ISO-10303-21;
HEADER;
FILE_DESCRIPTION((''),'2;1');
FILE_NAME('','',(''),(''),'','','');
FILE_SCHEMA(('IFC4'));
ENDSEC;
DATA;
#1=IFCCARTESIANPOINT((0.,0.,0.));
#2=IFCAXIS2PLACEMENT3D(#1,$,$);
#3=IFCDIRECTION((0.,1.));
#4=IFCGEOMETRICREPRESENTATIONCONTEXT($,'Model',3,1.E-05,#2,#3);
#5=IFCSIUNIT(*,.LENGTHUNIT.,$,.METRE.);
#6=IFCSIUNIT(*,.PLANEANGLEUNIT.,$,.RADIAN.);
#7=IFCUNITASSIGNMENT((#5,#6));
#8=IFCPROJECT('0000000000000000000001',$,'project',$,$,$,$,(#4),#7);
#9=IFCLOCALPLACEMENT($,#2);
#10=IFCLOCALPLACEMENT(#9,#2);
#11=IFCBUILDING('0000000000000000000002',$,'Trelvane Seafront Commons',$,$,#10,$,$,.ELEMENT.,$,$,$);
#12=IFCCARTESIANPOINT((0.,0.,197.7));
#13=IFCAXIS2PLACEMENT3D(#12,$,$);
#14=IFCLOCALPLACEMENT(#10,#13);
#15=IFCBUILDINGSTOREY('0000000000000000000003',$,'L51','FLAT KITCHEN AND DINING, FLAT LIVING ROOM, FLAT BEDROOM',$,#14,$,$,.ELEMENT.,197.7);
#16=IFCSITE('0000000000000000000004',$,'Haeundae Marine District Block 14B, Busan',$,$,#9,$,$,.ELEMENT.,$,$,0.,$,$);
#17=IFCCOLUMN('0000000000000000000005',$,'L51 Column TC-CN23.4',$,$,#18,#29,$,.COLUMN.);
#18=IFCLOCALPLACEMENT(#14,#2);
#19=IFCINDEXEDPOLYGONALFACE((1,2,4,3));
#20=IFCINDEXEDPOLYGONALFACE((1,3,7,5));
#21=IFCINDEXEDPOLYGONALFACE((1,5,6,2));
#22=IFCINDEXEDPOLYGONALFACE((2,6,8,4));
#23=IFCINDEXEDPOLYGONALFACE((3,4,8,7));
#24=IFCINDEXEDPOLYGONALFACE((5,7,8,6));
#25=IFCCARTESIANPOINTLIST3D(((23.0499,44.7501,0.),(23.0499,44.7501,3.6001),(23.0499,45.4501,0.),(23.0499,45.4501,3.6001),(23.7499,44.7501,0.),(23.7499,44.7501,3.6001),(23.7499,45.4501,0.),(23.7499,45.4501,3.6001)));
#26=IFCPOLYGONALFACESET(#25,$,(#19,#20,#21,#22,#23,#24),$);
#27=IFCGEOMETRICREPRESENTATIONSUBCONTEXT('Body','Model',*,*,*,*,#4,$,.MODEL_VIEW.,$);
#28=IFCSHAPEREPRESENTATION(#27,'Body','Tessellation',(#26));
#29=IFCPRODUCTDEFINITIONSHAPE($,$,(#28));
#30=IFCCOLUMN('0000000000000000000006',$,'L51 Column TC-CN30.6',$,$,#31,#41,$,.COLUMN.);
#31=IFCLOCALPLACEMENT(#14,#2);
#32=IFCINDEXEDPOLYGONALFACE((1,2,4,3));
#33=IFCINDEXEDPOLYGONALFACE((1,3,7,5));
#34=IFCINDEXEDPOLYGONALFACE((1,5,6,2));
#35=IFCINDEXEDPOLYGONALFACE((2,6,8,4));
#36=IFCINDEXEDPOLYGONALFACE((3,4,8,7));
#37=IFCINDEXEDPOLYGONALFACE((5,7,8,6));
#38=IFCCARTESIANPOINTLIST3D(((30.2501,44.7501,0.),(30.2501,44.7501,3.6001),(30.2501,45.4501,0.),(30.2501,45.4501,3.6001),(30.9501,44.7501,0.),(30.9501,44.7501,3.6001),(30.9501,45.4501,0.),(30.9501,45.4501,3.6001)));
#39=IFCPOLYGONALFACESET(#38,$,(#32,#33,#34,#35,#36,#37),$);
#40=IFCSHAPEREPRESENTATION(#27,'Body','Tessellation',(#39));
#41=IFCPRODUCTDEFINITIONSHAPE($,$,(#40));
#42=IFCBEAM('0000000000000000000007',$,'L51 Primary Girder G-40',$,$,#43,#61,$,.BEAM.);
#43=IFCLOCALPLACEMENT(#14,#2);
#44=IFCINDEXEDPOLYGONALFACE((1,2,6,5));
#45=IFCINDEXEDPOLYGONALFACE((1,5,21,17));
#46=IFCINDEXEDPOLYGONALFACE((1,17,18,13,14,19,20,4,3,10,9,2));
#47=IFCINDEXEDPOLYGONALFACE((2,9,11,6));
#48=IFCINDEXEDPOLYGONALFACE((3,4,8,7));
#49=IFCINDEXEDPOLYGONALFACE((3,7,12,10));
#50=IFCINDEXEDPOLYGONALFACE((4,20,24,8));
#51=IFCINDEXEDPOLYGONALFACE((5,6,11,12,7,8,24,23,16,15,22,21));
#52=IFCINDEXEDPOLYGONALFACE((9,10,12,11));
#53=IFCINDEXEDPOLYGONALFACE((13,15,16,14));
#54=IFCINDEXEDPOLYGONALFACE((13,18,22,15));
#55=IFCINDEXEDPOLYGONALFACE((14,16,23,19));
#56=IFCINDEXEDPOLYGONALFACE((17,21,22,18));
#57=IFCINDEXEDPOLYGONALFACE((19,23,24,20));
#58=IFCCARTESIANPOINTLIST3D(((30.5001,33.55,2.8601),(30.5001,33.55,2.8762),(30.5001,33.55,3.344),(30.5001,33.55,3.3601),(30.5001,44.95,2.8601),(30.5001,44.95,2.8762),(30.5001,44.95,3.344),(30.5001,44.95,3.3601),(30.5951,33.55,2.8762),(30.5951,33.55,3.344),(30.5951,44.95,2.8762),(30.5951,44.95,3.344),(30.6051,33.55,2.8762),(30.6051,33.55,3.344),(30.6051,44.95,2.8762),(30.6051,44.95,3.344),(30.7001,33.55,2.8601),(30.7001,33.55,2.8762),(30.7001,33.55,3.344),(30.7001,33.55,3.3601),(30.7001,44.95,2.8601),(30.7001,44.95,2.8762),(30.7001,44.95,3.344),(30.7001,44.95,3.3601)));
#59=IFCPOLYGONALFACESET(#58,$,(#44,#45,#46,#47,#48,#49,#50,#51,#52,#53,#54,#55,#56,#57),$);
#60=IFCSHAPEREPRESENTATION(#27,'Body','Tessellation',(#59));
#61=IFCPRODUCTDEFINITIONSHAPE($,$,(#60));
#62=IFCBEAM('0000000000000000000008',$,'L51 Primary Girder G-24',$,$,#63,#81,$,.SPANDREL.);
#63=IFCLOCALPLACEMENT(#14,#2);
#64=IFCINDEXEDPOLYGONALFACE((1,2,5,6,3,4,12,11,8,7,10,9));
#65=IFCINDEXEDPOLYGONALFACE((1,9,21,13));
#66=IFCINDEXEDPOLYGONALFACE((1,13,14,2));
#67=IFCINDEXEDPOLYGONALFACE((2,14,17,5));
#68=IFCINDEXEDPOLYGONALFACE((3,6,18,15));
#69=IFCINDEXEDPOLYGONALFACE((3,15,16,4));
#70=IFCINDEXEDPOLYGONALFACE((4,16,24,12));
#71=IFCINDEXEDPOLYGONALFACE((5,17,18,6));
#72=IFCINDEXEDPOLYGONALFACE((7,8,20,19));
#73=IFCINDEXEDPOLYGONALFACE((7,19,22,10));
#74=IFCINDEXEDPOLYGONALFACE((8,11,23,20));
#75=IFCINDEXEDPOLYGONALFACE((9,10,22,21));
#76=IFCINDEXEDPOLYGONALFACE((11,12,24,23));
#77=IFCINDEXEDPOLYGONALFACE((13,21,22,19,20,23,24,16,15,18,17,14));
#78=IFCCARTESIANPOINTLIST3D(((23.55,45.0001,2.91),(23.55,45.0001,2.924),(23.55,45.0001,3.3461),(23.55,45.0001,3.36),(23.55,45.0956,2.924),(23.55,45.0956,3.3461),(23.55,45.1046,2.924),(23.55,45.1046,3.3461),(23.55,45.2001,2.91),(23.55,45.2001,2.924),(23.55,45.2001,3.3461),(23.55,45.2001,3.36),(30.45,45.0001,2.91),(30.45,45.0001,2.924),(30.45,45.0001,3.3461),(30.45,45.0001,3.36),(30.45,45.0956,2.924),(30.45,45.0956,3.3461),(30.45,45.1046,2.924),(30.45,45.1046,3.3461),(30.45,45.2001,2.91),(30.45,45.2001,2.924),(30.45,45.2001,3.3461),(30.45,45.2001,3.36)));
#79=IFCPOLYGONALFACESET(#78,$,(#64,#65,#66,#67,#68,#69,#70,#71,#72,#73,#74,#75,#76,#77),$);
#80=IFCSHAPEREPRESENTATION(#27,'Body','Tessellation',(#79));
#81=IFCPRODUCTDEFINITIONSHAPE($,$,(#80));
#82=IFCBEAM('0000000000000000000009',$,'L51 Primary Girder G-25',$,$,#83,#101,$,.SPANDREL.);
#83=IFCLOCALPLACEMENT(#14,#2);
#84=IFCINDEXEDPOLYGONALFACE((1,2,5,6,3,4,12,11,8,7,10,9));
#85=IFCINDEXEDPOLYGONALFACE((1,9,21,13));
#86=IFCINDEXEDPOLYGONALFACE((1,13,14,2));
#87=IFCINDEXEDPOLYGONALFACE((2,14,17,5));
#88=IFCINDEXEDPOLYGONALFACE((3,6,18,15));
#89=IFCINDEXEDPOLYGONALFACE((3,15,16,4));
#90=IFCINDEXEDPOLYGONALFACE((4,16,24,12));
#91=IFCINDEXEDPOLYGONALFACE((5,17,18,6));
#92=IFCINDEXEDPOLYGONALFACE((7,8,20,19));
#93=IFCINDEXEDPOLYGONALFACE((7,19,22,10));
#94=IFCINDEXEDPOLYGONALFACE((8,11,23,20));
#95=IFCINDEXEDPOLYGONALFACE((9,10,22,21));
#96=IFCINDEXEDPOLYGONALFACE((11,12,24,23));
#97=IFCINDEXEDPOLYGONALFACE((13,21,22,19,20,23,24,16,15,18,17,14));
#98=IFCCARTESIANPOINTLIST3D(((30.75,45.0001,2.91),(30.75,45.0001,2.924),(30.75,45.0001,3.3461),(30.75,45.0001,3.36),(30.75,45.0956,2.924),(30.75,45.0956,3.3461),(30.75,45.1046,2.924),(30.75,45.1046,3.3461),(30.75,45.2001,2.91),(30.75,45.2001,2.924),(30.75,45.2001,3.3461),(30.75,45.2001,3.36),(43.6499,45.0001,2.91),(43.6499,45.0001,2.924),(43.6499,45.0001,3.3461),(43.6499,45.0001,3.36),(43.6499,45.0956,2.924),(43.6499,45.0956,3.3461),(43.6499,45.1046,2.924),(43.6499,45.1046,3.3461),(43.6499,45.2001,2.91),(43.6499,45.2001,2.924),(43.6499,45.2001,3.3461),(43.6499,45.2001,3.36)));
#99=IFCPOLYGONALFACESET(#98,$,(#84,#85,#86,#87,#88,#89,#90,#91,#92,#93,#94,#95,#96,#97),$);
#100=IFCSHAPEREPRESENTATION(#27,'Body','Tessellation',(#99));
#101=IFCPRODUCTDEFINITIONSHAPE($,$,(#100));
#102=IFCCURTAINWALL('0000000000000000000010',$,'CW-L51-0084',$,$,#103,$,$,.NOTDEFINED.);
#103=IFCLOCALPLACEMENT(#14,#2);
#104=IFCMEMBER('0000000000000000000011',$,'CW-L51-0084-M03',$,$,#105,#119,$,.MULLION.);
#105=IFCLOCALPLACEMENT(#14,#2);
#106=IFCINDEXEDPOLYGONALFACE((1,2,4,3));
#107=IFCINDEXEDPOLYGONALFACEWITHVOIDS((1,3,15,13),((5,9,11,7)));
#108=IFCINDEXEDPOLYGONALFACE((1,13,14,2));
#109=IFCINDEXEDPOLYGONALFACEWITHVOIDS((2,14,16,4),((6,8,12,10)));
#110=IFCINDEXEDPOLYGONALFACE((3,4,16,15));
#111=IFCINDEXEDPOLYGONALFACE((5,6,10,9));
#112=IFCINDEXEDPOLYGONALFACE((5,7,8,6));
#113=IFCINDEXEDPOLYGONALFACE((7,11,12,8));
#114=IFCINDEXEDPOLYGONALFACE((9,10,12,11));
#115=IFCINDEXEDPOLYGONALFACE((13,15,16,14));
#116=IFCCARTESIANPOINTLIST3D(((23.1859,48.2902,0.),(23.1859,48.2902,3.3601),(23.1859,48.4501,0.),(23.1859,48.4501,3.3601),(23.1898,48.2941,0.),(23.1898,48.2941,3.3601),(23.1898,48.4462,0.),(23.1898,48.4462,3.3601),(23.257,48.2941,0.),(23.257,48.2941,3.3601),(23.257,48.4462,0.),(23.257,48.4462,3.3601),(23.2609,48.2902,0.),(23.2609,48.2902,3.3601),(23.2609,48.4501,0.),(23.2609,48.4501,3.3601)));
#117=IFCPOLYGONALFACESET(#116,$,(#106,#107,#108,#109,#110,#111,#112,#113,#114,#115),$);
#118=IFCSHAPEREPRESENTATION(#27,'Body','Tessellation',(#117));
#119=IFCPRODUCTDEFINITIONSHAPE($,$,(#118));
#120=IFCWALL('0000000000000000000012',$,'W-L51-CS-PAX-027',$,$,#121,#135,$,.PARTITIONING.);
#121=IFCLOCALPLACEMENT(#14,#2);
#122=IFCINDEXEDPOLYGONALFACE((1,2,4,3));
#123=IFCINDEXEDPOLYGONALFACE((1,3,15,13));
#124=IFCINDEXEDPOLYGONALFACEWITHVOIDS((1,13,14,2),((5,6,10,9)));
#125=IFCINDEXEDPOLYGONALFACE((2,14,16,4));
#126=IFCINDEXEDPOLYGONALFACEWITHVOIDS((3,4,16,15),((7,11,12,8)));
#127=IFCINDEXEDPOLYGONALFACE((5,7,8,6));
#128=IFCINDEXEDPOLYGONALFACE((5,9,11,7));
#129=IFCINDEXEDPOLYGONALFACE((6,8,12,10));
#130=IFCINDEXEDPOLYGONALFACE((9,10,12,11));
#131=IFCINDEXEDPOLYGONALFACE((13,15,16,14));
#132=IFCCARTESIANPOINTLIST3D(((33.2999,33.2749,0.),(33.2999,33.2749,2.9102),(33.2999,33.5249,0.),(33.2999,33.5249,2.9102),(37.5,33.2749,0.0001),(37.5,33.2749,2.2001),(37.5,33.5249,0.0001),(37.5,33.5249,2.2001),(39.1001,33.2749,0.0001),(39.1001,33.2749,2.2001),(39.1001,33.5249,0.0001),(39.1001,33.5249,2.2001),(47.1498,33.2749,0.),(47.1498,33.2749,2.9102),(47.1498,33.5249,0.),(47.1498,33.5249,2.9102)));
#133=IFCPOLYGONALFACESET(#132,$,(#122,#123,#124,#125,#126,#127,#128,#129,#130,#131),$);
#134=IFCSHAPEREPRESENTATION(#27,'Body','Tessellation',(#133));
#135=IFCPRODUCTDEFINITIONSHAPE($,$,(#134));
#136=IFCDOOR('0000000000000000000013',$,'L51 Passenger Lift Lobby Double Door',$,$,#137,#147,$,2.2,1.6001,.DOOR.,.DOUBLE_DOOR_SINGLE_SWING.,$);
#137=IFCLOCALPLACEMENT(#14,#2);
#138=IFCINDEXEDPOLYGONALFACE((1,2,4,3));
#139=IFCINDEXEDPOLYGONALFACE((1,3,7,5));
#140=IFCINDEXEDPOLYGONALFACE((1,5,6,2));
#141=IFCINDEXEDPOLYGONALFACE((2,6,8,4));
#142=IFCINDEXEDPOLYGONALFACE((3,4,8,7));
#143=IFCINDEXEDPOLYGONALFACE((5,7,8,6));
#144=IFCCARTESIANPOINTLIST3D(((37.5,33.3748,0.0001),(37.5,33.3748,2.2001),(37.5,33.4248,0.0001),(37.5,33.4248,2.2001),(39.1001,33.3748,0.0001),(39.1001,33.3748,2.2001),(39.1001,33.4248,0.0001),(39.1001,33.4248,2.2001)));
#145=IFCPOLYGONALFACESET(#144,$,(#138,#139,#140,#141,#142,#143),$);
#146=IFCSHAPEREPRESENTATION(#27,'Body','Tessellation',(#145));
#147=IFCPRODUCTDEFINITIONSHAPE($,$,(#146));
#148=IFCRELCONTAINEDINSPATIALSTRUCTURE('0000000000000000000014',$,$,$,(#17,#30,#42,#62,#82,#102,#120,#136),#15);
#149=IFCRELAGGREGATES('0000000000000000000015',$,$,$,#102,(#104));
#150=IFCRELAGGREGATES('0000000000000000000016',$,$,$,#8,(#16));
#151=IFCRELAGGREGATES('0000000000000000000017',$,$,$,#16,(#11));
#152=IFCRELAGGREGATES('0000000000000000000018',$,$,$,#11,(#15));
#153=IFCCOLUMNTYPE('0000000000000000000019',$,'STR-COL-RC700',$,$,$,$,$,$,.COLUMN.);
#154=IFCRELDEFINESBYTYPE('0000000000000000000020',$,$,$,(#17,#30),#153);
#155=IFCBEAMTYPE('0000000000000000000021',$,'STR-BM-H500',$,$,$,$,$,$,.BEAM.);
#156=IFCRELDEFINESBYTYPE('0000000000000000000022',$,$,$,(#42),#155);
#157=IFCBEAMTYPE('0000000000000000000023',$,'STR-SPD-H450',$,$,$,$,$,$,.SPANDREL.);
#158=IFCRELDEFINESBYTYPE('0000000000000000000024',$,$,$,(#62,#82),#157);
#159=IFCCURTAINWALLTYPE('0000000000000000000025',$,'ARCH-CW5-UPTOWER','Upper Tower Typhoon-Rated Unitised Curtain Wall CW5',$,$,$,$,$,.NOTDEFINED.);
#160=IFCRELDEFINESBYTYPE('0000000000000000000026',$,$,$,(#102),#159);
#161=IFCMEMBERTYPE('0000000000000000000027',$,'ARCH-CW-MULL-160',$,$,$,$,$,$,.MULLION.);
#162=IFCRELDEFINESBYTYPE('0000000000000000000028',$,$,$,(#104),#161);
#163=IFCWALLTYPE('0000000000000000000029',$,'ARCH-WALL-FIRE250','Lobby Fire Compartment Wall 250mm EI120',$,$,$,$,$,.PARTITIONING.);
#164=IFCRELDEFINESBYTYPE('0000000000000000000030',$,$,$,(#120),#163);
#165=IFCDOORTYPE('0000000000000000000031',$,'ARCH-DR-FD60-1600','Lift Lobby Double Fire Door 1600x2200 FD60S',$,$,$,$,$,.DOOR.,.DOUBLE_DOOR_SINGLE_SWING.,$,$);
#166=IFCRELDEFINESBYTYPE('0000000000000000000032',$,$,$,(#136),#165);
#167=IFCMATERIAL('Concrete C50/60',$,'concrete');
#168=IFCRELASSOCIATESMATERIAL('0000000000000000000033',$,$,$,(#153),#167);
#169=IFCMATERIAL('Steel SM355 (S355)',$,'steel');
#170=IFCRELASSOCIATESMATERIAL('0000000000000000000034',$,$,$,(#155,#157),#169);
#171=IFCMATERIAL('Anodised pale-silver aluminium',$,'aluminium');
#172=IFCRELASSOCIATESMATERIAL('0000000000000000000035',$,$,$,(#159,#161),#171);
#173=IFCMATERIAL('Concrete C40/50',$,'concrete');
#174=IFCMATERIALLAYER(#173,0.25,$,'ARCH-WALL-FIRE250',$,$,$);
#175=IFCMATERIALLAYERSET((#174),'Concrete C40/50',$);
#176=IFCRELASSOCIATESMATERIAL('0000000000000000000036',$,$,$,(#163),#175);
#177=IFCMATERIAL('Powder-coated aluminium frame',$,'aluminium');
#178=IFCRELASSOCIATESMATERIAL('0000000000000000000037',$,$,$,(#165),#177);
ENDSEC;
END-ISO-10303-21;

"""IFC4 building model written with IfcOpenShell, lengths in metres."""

from ifc_helpers import new_model, si_unit, direction, frame, frame_2d, origin, origin_2d, place, context, subcontext, project, spatial, rectangle, hollow_rectangle, i_section, extrude, source, transform, mapped, material, layer, layer_set, material_profile, profile_set, type_object, element, fill, aggregate, save


model = new_model("IFC4")

# Units and contexts
model_context = context("Model", 3, precision=1e-05, world=origin(), true_north=direction((0.0, 1.0)))
body_context = subcontext(model_context, "Body", "Model", "MODEL_VIEW")
ifc_project = project(units=[si_unit("LENGTHUNIT", "METRE"), si_unit("PLANEANGLEUNIT", "RADIAN")], contexts=[model_context])

# Site, building, storey
site_placement = place(None, origin())
site = spatial("IfcSite", under=ifc_project, at=site_placement, Name="Haeundae Marine District Block 14B, Busan", CompositionType="ELEMENT", RefElevation=0.0)
building_placement = place(site_placement, origin())
building = spatial("IfcBuilding", under=site, at=building_placement, Name="Trelvane Seafront Commons", CompositionType="ELEMENT")
storey_placement = place(building_placement, frame((0.0, 0.0, 197.7)))
storey = spatial("IfcBuildingStorey", under=building, at=storey_placement, Name="L51", Description="FLAT KITCHEN AND DINING, FLAT LIVING ROOM, FLAT BEDROOM", CompositionType="ELEMENT", Elevation=197.7)

# Columns
ifc_material_1 = material(Name="Concrete C50/60", Category="concrete")
ifc_material_profile_1 = material_profile(ifc_material_1, rectangle(XDim=0.7, YDim=0.7, at=origin_2d()), Name="RC-700x700")
ifc_profile_set_1 = profile_set([ifc_material_profile_1], Name="Concrete C50/60")
column_type = type_object("IfcColumnType", Name="STR-COL-RC700", PredefinedType="COLUMN", material=ifc_profile_set_1)
shared_shape_1 = source(origin(), body_context, "Body", "SweptSolid", [
    extrude(rectangle(XDim=0.7, YDim=0.7, at=origin_2d()), origin(), (0.0, 0.0, 1.0), 3.6001),
])
for number, where, z_axis, x_axis, name in (
    (1, (23.3999, 45.1001, 0.0), (0.0, 0.0, 1.0), (1.0, 0.0, 0.0), "L51 Column TC-CN23.4"),
    (2, (30.6001, 45.1001, 0.0), (0.0, 0.0, 1.0), (1.0, 0.0, 0.0), "L51 Column TC-CN30.6"),
):
    element("IfcColumn", number, at=place(storey_placement, frame(where, z_axis=z_axis, x_axis=x_axis)), inside=storey, type_object=column_type, Name=name, PredefinedType="COLUMN", context=body_context, shape_type="MappedRepresentation", body=[
        mapped(shared_shape_1, transform((0.0, 0.0, 0.0), x_axis=(1.0, 0.0, 0.0), y_axis=(0.0, 1.0, 0.0), z_axis=(0.0, 0.0, 1.0), scale=1.0)),
    ])

# Beams
ifc_material_2 = material(Name="Steel SM355 (S355)", Category="steel")
ifc_material_profile_2 = material_profile(ifc_material_2, i_section(OverallWidth=0.2, OverallDepth=0.5, WebThickness=0.01, FlangeThickness=0.0161, at=origin_2d()), Name="H-500x200x10x16")
ifc_profile_set_2 = profile_set([ifc_material_profile_2], Name="Steel SM355 (S355)")
beam_type_1 = type_object("IfcBeamType", Name="STR-BM-H500", PredefinedType="BEAM", material=ifc_profile_set_2)
shared_shape_2 = source(origin(), body_context, "Body", "SweptSolid", [
    extrude(i_section(OverallWidth=0.2, OverallDepth=0.5, WebThickness=0.01, FlangeThickness=0.0161, at=origin_2d()), origin(), (0.0, 0.0, 1.0), 11.3999),
])
beam_1_placement = place(storey_placement, frame((30.6001, 33.55, 3.1101), z_axis=(0.0, 1.0, 0.0), x_axis=(-1.0, 0.0, 0.0)))
element("IfcBeam", 3, at=beam_1_placement, inside=storey, type_object=beam_type_1, Name="L51 Primary Girder G-40", PredefinedType="BEAM", context=body_context, shape_type="MappedRepresentation", body=[
    mapped(shared_shape_2, transform((0.0, 0.0, 0.0), x_axis=(1.0, 0.0, 0.0), y_axis=(0.0, 1.0, 0.0), z_axis=(0.0, 0.0, 1.0), scale=1.0)),
])
ifc_material_profile_3 = material_profile(ifc_material_2, i_section(OverallWidth=0.2, OverallDepth=0.45, WebThickness=0.009, FlangeThickness=0.0139, at=origin_2d()), Name="H-450x200x9x14")
ifc_profile_set_3 = profile_set([ifc_material_profile_3], Name="Steel SM355 (S355)")
beam_type_2 = type_object("IfcBeamType", Name="STR-SPD-H450", PredefinedType="SPANDREL", material=ifc_profile_set_3)
shared_shape_3 = source(origin(), body_context, "Body", "SweptSolid", [
    extrude(i_section(OverallWidth=0.2, OverallDepth=0.45, WebThickness=0.009, FlangeThickness=0.0139, at=origin_2d()), origin(), (0.0, 0.0, 1.0), 6.8999),
])
beam_2_placement = place(storey_placement, frame((23.55, 45.1001, 3.135), z_axis=(1.0, 0.0, 0.0), x_axis=(0.0, 1.0, 0.0)))
element("IfcBeam", 4, at=beam_2_placement, inside=storey, type_object=beam_type_2, Name="L51 Primary Girder G-24", PredefinedType="SPANDREL", context=body_context, shape_type="MappedRepresentation", body=[
    mapped(shared_shape_3, transform((0.0, 0.0, 0.0), x_axis=(1.0, 0.0, 0.0), y_axis=(0.0, 1.0, 0.0), z_axis=(0.0, 0.0, 1.0), scale=1.0)),
])
shared_shape_4 = source(origin(), body_context, "Body", "SweptSolid", [
    extrude(i_section(OverallWidth=0.2, OverallDepth=0.45, WebThickness=0.009, FlangeThickness=0.0139, at=origin_2d()), origin(), (0.0, 0.0, 1.0), 12.8999),
])
beam_3_placement = place(storey_placement, frame((30.75, 45.1001, 3.135), z_axis=(1.0, 0.0, 0.0), x_axis=(0.0, 1.0, 0.0)))
element("IfcBeam", 5, at=beam_3_placement, inside=storey, type_object=beam_type_2, Name="L51 Primary Girder G-25", PredefinedType="SPANDREL", context=body_context, shape_type="MappedRepresentation", body=[
    mapped(shared_shape_4, transform((0.0, 0.0, 0.0), x_axis=(1.0, 0.0, 0.0), y_axis=(0.0, 1.0, 0.0), z_axis=(0.0, 0.0, 1.0), scale=1.0)),
])

# Curtain wall, member
ifc_material_3 = material(Name="Anodised pale-silver aluminium", Category="aluminium")
curtain_wall_type = type_object("IfcCurtainWallType", Name="ARCH-CW5-UPTOWER", Description="Upper Tower Typhoon-Rated Unitised Curtain Wall CW5", PredefinedType="NOTDEFINED", material=ifc_material_3)
curtain_wall_placement = place(storey_placement, origin())
curtain_wall = element("IfcCurtainWall", 6, at=curtain_wall_placement, inside=storey, type_object=curtain_wall_type, Name="CW-L51-0084", PredefinedType="NOTDEFINED")
ifc_material_profile_4 = material_profile(ifc_material_3, hollow_rectangle(XDim=0.075, YDim=0.1599, WallThickness=0.0039, at=origin_2d()), Name="MULL-75x160x4")
ifc_profile_set_4 = profile_set([ifc_material_profile_4], Name="Anodised pale-silver aluminium")
member_type = type_object("IfcMemberType", Name="ARCH-CW-MULL-160", PredefinedType="MULLION", material=ifc_profile_set_4)
shared_shape_5 = source(origin(), body_context, "Body", "SweptSolid", [
    extrude(hollow_rectangle(XDim=0.075, YDim=0.1599, WallThickness=0.0039, at=origin_2d()), origin(), (0.0, 0.0, 1.0), 3.3601),
])
member_placement = place(storey_placement, frame((23.2234, 48.3701, 0.0), z_axis=(0.0, 0.0, 1.0), x_axis=(1.0, 0.0, 0.0)))
member = element("IfcMember", 7, at=member_placement, type_object=member_type, Name="CW-L51-0084-M03", PredefinedType="MULLION", context=body_context, shape_type="MappedRepresentation", body=[
    mapped(shared_shape_5, transform((0.0, 0.0, 0.0), x_axis=(1.0, 0.0, 0.0), y_axis=(0.0, 1.0, 0.0), z_axis=(0.0, 0.0, 1.0), scale=1.0)),
])
aggregate(curtain_wall, [member])

# Wall, opening, door
ifc_material_4 = material(Name="Concrete C40/50", Category="concrete")
ifc_layer_1 = layer(ifc_material_4, 0.25, Name="ARCH-WALL-FIRE250")
ifc_layer_set_1 = layer_set([ifc_layer_1], Name="Concrete C40/50")
wall_type_1 = type_object("IfcWallType", Name="ARCH-WALL-FIRE250", Description="Lobby Fire Compartment Wall 250mm EI120", PredefinedType="PARTITIONING", material=ifc_layer_set_1)
wall_1_placement = place(storey_placement, frame((33.3, 33.3999, 0.0), z_axis=(0.0, 0.0, 1.0), x_axis=(1.0, 0.0, 0.0)))
wall_1 = element("IfcWall", 8, at=wall_1_placement, inside=storey, type_object=wall_type_1, Name="W-L51-CS-PAX-027", PredefinedType="PARTITIONING", context=body_context, shape_type="SweptSolid", body=[
    extrude(rectangle(XDim=13.8499, YDim=0.25, at=frame_2d((6.9248, 0.0))), origin(), (0.0, 0.0, 1.0), 2.9102),
])
opening_1_placement = place(wall_1_placement, frame((4.2, 0.0, 0.0)))
opening_1 = element("IfcOpeningElement", 9, at=opening_1_placement, cuts=wall_1, PredefinedType="OPENING", context=body_context, shape_type="SweptSolid", body=[
    extrude(rectangle(XDim=1.6001, YDim=2.2, at=frame_2d((0.8, 1.1001))), frame((0.0, 0.135, 0.0), z_axis=(0.0, -1.0, 0.0), x_axis=(1.0, 0.0, 0.0)), (0.0, 0.0, 1.0), 0.27),
])
ifc_material_5 = material(Name="Powder-coated aluminium frame", Category="aluminium")
door_type_1 = type_object("IfcDoorType", Name="ARCH-DR-FD60-1600", Description="Lift Lobby Double Fire Door 1600x2200 FD60S", OperationType="DOUBLE_DOOR_SINGLE_SWING", PredefinedType="DOOR", material=ifc_material_5)
shared_shape_6 = source(origin(), body_context, "Body", "SweptSolid", [
    extrude(rectangle(XDim=1.6001, YDim=2.2, at=frame_2d((0.8, 1.1001))), frame((0.0, 0.0249, 0.0), z_axis=(0.0, -1.0, 0.0), x_axis=(1.0, 0.0, 0.0)), (0.0, 0.0, 1.0), 0.05),
])
door_1_placement = place(opening_1_placement, origin())
door_1 = element("IfcDoor", 10, at=door_1_placement, inside=storey, type_object=door_type_1, Name="L51 Passenger Lift Lobby Double Door", OperationType="DOUBLE_DOOR_SINGLE_SWING", OverallHeight=2.2, OverallWidth=1.6001, PredefinedType="DOOR", context=body_context, shape_type="MappedRepresentation", body=[
    mapped(shared_shape_6, transform((0.0, 0.0, 0.0), x_axis=(1.0, 0.0, 0.0), y_axis=(0.0, 1.0, 0.0), z_axis=(0.0, 0.0, 1.0), scale=1.0)),
])
fill(opening_1, door_1)

save(model, "model.ifc")
